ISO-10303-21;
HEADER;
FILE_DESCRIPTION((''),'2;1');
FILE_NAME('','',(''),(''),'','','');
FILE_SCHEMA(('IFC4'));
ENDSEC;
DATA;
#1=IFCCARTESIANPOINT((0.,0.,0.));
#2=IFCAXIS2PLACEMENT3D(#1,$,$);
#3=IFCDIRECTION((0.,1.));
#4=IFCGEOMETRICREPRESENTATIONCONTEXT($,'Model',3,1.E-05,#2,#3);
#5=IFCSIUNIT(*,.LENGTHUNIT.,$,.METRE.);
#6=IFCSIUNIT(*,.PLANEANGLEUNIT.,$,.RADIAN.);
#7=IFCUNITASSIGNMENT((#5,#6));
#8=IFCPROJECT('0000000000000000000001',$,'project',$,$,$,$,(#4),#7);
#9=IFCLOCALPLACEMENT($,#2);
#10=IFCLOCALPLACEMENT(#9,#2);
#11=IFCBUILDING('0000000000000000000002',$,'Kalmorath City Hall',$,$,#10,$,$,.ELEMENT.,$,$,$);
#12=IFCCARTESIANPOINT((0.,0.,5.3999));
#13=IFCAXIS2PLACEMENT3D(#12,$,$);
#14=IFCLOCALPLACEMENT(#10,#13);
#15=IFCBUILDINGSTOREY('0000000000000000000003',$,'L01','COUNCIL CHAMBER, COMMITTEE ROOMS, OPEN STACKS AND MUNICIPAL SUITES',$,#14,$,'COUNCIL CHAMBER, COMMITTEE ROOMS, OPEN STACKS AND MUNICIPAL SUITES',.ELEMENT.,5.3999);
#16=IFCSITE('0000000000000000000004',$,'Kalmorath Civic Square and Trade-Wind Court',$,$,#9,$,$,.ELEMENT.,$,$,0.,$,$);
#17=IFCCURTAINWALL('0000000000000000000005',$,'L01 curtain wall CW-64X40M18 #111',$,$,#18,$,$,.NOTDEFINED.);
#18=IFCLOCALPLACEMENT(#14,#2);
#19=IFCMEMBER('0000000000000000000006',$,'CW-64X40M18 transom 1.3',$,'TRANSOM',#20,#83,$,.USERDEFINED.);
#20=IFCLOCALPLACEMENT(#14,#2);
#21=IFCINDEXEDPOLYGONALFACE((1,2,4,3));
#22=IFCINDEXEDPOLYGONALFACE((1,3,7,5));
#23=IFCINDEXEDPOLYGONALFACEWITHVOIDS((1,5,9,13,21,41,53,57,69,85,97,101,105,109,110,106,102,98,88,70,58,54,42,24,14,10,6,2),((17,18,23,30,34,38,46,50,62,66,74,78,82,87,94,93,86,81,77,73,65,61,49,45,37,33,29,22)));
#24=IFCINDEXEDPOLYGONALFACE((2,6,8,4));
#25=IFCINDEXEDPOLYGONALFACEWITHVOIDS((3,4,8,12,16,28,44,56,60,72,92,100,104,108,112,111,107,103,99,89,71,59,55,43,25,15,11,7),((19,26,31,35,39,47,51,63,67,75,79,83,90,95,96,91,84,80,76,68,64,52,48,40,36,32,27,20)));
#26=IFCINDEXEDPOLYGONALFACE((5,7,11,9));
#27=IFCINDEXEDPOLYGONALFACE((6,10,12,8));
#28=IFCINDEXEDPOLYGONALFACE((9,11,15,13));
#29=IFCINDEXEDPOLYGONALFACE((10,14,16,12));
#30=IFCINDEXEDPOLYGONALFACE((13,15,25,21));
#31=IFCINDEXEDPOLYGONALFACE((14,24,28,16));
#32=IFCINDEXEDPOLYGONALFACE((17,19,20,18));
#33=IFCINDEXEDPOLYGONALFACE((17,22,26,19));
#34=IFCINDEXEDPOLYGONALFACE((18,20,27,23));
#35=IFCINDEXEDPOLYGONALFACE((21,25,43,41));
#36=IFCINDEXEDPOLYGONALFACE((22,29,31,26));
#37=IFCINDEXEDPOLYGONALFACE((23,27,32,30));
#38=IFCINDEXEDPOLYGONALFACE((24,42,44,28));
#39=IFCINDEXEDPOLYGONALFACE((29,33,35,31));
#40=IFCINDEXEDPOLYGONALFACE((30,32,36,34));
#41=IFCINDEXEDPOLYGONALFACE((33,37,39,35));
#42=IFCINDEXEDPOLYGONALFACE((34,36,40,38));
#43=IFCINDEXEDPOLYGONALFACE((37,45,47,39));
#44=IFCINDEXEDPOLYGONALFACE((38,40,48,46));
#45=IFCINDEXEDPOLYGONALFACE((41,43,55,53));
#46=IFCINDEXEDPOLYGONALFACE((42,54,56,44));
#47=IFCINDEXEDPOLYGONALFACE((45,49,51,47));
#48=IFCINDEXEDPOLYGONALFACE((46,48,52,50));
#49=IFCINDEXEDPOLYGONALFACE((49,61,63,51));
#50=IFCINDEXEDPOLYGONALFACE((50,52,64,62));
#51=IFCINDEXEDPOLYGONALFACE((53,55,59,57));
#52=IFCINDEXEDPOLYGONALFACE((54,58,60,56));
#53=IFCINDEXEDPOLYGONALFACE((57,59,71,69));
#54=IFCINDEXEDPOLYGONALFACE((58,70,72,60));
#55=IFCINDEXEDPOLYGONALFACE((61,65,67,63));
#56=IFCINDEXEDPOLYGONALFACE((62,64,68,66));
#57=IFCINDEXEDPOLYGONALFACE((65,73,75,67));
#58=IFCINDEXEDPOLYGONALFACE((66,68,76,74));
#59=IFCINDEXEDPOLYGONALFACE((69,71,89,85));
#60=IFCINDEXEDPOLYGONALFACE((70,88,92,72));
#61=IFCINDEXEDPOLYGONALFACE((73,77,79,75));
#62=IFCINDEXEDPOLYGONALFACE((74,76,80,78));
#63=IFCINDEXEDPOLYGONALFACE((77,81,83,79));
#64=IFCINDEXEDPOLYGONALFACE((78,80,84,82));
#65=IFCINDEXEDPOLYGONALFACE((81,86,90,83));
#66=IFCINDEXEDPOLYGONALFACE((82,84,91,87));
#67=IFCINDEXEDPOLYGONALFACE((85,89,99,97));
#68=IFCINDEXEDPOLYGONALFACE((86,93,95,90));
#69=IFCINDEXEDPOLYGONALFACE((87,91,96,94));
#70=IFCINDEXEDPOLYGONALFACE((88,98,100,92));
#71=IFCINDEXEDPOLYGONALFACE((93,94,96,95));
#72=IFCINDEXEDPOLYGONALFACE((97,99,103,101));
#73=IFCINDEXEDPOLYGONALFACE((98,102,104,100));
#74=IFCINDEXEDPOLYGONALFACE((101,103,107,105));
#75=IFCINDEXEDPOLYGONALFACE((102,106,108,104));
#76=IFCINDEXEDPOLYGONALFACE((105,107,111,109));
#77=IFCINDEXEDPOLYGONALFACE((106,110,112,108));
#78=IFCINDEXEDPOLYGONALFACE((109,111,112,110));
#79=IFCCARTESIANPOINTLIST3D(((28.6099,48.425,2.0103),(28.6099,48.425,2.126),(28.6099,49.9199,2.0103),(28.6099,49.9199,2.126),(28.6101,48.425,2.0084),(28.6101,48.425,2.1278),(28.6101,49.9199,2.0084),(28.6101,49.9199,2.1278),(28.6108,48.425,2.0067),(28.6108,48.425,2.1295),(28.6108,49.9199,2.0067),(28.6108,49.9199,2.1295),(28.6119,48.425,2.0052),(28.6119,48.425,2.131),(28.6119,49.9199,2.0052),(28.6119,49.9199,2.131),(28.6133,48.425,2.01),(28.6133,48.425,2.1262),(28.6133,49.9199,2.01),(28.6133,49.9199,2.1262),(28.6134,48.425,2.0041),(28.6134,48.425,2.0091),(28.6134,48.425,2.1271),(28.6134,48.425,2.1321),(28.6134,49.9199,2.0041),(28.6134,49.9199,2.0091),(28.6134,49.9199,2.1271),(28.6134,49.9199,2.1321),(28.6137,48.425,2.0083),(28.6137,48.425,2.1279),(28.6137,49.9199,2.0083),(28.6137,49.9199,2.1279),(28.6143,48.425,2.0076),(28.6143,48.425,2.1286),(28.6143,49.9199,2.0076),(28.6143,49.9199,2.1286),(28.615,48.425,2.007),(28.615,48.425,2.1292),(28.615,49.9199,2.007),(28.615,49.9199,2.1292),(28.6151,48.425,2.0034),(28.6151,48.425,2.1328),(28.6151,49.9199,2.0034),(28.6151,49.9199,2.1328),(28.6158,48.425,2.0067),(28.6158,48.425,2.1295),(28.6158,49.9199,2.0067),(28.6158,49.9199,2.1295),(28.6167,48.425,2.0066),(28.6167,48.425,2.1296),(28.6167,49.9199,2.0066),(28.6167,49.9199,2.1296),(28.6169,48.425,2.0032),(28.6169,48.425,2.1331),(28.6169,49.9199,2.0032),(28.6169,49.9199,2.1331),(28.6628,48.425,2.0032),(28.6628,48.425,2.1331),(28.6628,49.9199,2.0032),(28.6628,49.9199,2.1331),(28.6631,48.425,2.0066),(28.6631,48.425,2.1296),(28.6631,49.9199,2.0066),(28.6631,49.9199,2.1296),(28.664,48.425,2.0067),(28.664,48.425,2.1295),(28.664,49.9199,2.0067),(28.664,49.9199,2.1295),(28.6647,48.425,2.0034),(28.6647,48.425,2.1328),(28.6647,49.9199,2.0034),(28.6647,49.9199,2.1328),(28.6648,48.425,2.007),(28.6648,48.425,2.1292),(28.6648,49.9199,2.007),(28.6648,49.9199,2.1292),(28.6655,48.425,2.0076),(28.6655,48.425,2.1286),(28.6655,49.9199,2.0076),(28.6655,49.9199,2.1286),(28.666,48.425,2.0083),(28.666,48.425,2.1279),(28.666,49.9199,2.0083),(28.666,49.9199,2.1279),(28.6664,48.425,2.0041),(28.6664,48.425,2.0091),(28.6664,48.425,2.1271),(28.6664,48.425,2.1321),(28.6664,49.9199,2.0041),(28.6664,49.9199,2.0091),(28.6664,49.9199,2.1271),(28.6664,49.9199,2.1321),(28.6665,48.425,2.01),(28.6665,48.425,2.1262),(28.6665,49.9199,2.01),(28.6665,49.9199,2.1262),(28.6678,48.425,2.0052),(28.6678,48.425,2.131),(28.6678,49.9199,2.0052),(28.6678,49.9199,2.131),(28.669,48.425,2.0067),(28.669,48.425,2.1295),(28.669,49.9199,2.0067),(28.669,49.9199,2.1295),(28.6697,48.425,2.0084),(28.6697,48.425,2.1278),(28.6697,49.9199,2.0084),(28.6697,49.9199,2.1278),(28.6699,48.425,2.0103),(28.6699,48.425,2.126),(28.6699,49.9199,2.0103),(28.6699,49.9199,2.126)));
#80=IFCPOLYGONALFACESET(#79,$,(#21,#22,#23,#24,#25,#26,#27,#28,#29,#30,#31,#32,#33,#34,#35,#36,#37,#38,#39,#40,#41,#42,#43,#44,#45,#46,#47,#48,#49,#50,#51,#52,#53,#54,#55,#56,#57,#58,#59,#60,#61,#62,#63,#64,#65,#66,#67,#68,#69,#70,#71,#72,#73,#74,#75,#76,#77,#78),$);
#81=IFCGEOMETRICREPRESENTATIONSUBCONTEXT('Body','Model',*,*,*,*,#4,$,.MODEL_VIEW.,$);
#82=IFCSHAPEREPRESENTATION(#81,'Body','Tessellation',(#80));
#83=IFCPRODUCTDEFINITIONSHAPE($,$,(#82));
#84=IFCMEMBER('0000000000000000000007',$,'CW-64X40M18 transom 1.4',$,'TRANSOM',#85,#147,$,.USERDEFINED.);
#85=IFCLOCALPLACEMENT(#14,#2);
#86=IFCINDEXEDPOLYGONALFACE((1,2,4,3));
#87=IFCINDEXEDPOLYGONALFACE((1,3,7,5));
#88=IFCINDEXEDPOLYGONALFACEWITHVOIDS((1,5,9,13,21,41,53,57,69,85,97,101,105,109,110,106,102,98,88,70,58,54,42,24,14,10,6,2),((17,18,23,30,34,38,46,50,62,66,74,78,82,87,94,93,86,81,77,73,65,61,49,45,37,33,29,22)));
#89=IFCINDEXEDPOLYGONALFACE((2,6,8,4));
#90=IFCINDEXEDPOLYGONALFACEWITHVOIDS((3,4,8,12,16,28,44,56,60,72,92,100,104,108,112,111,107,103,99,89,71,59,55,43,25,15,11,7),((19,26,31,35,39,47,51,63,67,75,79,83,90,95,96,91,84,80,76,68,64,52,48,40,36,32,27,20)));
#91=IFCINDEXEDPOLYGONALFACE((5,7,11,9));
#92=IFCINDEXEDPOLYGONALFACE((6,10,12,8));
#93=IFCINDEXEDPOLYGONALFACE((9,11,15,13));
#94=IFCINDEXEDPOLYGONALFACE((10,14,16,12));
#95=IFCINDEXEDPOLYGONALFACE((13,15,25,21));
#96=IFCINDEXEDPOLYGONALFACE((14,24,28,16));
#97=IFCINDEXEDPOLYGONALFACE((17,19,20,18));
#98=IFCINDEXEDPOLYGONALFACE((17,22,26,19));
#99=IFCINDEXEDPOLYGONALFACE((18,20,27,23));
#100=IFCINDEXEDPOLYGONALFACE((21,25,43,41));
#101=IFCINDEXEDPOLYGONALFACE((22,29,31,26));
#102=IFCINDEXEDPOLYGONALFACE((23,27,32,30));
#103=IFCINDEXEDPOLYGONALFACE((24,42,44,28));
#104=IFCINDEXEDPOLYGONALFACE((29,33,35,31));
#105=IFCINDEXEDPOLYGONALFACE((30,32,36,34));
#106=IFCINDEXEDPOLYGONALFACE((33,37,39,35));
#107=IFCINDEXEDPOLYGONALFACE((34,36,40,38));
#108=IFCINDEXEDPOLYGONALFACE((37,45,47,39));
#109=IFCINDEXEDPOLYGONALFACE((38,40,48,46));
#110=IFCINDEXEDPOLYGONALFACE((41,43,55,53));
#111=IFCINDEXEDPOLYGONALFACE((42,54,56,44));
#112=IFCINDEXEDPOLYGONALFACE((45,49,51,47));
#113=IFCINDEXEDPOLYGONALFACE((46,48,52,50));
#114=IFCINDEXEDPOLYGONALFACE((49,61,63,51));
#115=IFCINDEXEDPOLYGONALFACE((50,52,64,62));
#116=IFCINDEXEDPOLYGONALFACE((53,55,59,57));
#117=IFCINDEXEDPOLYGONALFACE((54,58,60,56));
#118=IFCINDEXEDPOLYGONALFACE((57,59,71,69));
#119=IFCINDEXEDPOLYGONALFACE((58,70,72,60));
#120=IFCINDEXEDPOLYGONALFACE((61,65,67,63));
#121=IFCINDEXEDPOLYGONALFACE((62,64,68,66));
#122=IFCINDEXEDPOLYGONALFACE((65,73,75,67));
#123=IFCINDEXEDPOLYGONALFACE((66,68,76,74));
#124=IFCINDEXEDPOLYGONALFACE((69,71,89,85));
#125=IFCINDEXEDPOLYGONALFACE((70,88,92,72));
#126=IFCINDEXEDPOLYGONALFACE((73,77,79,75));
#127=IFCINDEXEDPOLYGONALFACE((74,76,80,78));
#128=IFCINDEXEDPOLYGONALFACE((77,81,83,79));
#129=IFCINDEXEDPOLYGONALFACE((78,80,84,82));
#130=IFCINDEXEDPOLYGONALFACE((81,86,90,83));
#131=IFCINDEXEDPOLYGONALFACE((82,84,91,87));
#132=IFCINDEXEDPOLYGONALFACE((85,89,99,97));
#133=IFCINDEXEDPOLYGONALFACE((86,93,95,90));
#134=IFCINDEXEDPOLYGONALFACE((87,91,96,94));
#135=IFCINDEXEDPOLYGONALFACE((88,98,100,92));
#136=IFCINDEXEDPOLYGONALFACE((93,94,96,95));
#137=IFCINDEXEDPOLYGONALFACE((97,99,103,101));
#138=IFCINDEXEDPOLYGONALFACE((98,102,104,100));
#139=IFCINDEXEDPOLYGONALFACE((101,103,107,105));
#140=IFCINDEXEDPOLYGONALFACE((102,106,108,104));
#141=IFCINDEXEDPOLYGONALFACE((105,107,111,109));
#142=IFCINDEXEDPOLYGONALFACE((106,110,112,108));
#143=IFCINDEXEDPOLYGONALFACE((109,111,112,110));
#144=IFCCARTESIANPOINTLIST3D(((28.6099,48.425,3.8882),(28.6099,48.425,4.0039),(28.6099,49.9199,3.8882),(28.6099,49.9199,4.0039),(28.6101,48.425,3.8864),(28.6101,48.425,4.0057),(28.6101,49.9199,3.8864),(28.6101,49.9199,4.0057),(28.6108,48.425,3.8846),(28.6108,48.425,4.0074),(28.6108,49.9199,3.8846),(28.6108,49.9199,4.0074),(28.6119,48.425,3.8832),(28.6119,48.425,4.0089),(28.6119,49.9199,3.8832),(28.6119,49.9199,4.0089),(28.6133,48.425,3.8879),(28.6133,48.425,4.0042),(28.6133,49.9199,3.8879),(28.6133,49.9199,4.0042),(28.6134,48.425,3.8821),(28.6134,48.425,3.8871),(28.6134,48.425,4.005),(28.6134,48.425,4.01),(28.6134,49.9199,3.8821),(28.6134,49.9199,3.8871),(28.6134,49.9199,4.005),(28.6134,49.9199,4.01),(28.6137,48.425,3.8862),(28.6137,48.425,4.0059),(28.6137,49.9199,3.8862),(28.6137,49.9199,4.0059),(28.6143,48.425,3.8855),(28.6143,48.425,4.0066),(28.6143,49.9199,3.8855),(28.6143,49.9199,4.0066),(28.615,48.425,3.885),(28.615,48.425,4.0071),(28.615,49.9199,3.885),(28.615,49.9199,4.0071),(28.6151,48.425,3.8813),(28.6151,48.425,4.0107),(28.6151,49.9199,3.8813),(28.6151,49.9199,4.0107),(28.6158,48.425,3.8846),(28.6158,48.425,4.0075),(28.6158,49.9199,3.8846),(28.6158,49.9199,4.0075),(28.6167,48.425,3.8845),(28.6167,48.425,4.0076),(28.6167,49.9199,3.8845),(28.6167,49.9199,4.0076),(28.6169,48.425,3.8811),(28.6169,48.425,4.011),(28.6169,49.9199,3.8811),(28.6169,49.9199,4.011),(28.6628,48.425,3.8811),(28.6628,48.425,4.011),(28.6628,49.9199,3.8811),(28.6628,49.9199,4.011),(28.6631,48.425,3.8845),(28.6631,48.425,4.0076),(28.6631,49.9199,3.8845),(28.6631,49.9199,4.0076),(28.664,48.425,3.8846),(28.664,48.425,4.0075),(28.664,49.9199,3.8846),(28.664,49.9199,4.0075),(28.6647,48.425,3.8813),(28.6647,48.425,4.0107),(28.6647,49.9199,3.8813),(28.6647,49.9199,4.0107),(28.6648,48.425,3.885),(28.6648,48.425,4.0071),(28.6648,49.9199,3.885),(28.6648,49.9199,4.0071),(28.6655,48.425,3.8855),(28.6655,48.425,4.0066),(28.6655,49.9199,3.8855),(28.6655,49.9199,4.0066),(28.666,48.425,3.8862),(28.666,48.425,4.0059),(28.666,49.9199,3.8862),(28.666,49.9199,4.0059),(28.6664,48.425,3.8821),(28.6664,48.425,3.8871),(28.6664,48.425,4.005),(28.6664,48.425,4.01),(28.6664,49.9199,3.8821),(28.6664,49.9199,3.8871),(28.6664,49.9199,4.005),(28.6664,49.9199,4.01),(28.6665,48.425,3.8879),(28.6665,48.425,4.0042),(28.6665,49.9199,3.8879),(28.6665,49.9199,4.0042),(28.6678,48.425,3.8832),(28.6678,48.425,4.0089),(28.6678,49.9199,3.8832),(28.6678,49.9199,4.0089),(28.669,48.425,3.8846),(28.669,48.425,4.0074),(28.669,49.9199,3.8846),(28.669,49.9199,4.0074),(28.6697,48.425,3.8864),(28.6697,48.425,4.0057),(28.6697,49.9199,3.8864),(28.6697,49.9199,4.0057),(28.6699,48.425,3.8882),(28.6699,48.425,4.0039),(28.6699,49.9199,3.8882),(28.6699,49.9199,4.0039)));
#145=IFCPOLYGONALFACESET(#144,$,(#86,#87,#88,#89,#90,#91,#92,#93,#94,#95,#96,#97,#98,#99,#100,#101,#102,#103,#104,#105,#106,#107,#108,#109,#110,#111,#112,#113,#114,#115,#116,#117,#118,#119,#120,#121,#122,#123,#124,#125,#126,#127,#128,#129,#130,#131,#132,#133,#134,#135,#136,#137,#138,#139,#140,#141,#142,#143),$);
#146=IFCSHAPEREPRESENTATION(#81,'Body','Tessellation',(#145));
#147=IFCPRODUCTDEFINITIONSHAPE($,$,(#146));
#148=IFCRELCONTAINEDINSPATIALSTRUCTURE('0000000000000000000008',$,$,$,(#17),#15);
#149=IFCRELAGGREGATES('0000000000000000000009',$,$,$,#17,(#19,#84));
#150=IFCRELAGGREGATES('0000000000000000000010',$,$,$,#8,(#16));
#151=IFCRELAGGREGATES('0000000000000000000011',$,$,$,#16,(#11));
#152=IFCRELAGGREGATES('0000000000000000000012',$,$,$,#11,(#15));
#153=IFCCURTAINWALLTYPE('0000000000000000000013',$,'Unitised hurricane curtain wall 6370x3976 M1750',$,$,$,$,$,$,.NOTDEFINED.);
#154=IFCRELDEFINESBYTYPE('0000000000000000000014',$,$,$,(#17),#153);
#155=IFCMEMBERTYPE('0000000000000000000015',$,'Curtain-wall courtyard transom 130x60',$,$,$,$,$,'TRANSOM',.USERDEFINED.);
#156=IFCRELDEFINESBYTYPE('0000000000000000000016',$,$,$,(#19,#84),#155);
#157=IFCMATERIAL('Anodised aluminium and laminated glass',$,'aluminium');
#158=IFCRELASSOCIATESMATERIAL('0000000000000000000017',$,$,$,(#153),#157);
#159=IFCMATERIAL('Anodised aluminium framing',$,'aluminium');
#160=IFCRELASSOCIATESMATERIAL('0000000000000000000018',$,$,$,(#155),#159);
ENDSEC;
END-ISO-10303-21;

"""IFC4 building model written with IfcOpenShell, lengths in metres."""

from ifc_helpers import new_model, si_unit, direction, frame, origin, origin_2d, place, context, subcontext, project, spatial, hollow_rectangle, extrude, material, material_profile, profile_set, type_object, element, aggregate, save


model = new_model("IFC4")

# Units and contexts
model_context = context("Model", 3, precision=1e-05, world=origin(), true_north=direction((0.0, 1.0)))
body_context = subcontext(model_context, "Body", "Model", "MODEL_VIEW")
ifc_project = project(units=[si_unit("LENGTHUNIT", "METRE"), si_unit("PLANEANGLEUNIT", "RADIAN")], contexts=[model_context])

# Site, building, storey
site_placement = place(None, origin())
site = spatial("IfcSite", under=ifc_project, at=site_placement, Name="Kalmorath Civic Square and Trade-Wind Court", CompositionType="ELEMENT", RefElevation=0.0)
building_placement = place(site_placement, origin())
building = spatial("IfcBuilding", under=site, at=building_placement, Name="Kalmorath City Hall", CompositionType="ELEMENT")
storey_placement = place(building_placement, frame((0.0, 0.0, 5.3999)))
storey = spatial("IfcBuildingStorey", under=building, at=storey_placement, Name="L01", Description="COUNCIL CHAMBER, COMMITTEE ROOMS, OPEN STACKS AND MUNICIPAL SUITES", LongName="COUNCIL CHAMBER, COMMITTEE ROOMS, OPEN STACKS AND MUNICIPAL SUITES", CompositionType="ELEMENT", Elevation=5.3999)

# Curtain wall, members
ifc_material_1 = material(Name="Anodised aluminium and laminated glass", Category="aluminium")
curtain_wall_type = type_object("IfcCurtainWallType", Name="Unitised hurricane curtain wall 6370x3976 M1750", PredefinedType="NOTDEFINED", material=ifc_material_1)
curtain_wall_placement = place(storey_placement, origin())
curtain_wall = element("IfcCurtainWall", 1, at=curtain_wall_placement, inside=storey, type_object=curtain_wall_type, Name="L01 curtain wall CW-64X40M18 #111", PredefinedType="NOTDEFINED")
ifc_material_2 = material(Name="Anodised aluminium framing", Category="aluminium")
ifc_material_profile_1 = material_profile(ifc_material_2, hollow_rectangle(XDim=0.0601, YDim=0.1299, WallThickness=0.0034, InnerFilletRadius=0.0034, OuterFilletRadius=0.0071, at=origin_2d()), Name="ALU-TRN-130X60X3.5")
ifc_profile_set_1 = profile_set([ifc_material_profile_1], Name="Anodised aluminium framing")
member_type_1 = type_object("IfcMemberType", Name="Curtain-wall courtyard transom 130x60", ElementType="TRANSOM", PredefinedType="USERDEFINED", material=ifc_profile_set_1)
member_1_placement = place(storey_placement, frame((28.6399, 49.9199, 2.0681), z_axis=(0.0, -1.0, 0.0), x_axis=(1.0, 0.0, 0.0)))
member_1 = element("IfcMember", 2, at=member_1_placement, type_object=member_type_1, Name="CW-64X40M18 transom 1.3", ObjectType="TRANSOM", PredefinedType="USERDEFINED", context=body_context, shape_type="SweptSolid", body=[
    extrude(hollow_rectangle(XDim=0.0601, YDim=0.1299, WallThickness=0.0034, InnerFilletRadius=0.0034, OuterFilletRadius=0.0071, at=origin_2d()), origin(), (0.0, 0.0, 1.0), 1.4949),
])
member_2_placement = place(storey_placement, frame((28.6399, 49.9199, 3.946), z_axis=(0.0, -1.0, 0.0), x_axis=(1.0, 0.0, 0.0)))
member_2 = element("IfcMember", 3, at=member_2_placement, type_object=member_type_1, Name="CW-64X40M18 transom 1.4", ObjectType="TRANSOM", PredefinedType="USERDEFINED", context=body_context, shape_type="SweptSolid", body=[
    extrude(hollow_rectangle(XDim=0.0601, YDim=0.1299, WallThickness=0.0034, InnerFilletRadius=0.0034, OuterFilletRadius=0.0071, at=origin_2d()), origin(), (0.0, 0.0, 1.0), 1.4949),
])
aggregate(curtain_wall, [member_1, member_2])

save(model, "model.ifc")
